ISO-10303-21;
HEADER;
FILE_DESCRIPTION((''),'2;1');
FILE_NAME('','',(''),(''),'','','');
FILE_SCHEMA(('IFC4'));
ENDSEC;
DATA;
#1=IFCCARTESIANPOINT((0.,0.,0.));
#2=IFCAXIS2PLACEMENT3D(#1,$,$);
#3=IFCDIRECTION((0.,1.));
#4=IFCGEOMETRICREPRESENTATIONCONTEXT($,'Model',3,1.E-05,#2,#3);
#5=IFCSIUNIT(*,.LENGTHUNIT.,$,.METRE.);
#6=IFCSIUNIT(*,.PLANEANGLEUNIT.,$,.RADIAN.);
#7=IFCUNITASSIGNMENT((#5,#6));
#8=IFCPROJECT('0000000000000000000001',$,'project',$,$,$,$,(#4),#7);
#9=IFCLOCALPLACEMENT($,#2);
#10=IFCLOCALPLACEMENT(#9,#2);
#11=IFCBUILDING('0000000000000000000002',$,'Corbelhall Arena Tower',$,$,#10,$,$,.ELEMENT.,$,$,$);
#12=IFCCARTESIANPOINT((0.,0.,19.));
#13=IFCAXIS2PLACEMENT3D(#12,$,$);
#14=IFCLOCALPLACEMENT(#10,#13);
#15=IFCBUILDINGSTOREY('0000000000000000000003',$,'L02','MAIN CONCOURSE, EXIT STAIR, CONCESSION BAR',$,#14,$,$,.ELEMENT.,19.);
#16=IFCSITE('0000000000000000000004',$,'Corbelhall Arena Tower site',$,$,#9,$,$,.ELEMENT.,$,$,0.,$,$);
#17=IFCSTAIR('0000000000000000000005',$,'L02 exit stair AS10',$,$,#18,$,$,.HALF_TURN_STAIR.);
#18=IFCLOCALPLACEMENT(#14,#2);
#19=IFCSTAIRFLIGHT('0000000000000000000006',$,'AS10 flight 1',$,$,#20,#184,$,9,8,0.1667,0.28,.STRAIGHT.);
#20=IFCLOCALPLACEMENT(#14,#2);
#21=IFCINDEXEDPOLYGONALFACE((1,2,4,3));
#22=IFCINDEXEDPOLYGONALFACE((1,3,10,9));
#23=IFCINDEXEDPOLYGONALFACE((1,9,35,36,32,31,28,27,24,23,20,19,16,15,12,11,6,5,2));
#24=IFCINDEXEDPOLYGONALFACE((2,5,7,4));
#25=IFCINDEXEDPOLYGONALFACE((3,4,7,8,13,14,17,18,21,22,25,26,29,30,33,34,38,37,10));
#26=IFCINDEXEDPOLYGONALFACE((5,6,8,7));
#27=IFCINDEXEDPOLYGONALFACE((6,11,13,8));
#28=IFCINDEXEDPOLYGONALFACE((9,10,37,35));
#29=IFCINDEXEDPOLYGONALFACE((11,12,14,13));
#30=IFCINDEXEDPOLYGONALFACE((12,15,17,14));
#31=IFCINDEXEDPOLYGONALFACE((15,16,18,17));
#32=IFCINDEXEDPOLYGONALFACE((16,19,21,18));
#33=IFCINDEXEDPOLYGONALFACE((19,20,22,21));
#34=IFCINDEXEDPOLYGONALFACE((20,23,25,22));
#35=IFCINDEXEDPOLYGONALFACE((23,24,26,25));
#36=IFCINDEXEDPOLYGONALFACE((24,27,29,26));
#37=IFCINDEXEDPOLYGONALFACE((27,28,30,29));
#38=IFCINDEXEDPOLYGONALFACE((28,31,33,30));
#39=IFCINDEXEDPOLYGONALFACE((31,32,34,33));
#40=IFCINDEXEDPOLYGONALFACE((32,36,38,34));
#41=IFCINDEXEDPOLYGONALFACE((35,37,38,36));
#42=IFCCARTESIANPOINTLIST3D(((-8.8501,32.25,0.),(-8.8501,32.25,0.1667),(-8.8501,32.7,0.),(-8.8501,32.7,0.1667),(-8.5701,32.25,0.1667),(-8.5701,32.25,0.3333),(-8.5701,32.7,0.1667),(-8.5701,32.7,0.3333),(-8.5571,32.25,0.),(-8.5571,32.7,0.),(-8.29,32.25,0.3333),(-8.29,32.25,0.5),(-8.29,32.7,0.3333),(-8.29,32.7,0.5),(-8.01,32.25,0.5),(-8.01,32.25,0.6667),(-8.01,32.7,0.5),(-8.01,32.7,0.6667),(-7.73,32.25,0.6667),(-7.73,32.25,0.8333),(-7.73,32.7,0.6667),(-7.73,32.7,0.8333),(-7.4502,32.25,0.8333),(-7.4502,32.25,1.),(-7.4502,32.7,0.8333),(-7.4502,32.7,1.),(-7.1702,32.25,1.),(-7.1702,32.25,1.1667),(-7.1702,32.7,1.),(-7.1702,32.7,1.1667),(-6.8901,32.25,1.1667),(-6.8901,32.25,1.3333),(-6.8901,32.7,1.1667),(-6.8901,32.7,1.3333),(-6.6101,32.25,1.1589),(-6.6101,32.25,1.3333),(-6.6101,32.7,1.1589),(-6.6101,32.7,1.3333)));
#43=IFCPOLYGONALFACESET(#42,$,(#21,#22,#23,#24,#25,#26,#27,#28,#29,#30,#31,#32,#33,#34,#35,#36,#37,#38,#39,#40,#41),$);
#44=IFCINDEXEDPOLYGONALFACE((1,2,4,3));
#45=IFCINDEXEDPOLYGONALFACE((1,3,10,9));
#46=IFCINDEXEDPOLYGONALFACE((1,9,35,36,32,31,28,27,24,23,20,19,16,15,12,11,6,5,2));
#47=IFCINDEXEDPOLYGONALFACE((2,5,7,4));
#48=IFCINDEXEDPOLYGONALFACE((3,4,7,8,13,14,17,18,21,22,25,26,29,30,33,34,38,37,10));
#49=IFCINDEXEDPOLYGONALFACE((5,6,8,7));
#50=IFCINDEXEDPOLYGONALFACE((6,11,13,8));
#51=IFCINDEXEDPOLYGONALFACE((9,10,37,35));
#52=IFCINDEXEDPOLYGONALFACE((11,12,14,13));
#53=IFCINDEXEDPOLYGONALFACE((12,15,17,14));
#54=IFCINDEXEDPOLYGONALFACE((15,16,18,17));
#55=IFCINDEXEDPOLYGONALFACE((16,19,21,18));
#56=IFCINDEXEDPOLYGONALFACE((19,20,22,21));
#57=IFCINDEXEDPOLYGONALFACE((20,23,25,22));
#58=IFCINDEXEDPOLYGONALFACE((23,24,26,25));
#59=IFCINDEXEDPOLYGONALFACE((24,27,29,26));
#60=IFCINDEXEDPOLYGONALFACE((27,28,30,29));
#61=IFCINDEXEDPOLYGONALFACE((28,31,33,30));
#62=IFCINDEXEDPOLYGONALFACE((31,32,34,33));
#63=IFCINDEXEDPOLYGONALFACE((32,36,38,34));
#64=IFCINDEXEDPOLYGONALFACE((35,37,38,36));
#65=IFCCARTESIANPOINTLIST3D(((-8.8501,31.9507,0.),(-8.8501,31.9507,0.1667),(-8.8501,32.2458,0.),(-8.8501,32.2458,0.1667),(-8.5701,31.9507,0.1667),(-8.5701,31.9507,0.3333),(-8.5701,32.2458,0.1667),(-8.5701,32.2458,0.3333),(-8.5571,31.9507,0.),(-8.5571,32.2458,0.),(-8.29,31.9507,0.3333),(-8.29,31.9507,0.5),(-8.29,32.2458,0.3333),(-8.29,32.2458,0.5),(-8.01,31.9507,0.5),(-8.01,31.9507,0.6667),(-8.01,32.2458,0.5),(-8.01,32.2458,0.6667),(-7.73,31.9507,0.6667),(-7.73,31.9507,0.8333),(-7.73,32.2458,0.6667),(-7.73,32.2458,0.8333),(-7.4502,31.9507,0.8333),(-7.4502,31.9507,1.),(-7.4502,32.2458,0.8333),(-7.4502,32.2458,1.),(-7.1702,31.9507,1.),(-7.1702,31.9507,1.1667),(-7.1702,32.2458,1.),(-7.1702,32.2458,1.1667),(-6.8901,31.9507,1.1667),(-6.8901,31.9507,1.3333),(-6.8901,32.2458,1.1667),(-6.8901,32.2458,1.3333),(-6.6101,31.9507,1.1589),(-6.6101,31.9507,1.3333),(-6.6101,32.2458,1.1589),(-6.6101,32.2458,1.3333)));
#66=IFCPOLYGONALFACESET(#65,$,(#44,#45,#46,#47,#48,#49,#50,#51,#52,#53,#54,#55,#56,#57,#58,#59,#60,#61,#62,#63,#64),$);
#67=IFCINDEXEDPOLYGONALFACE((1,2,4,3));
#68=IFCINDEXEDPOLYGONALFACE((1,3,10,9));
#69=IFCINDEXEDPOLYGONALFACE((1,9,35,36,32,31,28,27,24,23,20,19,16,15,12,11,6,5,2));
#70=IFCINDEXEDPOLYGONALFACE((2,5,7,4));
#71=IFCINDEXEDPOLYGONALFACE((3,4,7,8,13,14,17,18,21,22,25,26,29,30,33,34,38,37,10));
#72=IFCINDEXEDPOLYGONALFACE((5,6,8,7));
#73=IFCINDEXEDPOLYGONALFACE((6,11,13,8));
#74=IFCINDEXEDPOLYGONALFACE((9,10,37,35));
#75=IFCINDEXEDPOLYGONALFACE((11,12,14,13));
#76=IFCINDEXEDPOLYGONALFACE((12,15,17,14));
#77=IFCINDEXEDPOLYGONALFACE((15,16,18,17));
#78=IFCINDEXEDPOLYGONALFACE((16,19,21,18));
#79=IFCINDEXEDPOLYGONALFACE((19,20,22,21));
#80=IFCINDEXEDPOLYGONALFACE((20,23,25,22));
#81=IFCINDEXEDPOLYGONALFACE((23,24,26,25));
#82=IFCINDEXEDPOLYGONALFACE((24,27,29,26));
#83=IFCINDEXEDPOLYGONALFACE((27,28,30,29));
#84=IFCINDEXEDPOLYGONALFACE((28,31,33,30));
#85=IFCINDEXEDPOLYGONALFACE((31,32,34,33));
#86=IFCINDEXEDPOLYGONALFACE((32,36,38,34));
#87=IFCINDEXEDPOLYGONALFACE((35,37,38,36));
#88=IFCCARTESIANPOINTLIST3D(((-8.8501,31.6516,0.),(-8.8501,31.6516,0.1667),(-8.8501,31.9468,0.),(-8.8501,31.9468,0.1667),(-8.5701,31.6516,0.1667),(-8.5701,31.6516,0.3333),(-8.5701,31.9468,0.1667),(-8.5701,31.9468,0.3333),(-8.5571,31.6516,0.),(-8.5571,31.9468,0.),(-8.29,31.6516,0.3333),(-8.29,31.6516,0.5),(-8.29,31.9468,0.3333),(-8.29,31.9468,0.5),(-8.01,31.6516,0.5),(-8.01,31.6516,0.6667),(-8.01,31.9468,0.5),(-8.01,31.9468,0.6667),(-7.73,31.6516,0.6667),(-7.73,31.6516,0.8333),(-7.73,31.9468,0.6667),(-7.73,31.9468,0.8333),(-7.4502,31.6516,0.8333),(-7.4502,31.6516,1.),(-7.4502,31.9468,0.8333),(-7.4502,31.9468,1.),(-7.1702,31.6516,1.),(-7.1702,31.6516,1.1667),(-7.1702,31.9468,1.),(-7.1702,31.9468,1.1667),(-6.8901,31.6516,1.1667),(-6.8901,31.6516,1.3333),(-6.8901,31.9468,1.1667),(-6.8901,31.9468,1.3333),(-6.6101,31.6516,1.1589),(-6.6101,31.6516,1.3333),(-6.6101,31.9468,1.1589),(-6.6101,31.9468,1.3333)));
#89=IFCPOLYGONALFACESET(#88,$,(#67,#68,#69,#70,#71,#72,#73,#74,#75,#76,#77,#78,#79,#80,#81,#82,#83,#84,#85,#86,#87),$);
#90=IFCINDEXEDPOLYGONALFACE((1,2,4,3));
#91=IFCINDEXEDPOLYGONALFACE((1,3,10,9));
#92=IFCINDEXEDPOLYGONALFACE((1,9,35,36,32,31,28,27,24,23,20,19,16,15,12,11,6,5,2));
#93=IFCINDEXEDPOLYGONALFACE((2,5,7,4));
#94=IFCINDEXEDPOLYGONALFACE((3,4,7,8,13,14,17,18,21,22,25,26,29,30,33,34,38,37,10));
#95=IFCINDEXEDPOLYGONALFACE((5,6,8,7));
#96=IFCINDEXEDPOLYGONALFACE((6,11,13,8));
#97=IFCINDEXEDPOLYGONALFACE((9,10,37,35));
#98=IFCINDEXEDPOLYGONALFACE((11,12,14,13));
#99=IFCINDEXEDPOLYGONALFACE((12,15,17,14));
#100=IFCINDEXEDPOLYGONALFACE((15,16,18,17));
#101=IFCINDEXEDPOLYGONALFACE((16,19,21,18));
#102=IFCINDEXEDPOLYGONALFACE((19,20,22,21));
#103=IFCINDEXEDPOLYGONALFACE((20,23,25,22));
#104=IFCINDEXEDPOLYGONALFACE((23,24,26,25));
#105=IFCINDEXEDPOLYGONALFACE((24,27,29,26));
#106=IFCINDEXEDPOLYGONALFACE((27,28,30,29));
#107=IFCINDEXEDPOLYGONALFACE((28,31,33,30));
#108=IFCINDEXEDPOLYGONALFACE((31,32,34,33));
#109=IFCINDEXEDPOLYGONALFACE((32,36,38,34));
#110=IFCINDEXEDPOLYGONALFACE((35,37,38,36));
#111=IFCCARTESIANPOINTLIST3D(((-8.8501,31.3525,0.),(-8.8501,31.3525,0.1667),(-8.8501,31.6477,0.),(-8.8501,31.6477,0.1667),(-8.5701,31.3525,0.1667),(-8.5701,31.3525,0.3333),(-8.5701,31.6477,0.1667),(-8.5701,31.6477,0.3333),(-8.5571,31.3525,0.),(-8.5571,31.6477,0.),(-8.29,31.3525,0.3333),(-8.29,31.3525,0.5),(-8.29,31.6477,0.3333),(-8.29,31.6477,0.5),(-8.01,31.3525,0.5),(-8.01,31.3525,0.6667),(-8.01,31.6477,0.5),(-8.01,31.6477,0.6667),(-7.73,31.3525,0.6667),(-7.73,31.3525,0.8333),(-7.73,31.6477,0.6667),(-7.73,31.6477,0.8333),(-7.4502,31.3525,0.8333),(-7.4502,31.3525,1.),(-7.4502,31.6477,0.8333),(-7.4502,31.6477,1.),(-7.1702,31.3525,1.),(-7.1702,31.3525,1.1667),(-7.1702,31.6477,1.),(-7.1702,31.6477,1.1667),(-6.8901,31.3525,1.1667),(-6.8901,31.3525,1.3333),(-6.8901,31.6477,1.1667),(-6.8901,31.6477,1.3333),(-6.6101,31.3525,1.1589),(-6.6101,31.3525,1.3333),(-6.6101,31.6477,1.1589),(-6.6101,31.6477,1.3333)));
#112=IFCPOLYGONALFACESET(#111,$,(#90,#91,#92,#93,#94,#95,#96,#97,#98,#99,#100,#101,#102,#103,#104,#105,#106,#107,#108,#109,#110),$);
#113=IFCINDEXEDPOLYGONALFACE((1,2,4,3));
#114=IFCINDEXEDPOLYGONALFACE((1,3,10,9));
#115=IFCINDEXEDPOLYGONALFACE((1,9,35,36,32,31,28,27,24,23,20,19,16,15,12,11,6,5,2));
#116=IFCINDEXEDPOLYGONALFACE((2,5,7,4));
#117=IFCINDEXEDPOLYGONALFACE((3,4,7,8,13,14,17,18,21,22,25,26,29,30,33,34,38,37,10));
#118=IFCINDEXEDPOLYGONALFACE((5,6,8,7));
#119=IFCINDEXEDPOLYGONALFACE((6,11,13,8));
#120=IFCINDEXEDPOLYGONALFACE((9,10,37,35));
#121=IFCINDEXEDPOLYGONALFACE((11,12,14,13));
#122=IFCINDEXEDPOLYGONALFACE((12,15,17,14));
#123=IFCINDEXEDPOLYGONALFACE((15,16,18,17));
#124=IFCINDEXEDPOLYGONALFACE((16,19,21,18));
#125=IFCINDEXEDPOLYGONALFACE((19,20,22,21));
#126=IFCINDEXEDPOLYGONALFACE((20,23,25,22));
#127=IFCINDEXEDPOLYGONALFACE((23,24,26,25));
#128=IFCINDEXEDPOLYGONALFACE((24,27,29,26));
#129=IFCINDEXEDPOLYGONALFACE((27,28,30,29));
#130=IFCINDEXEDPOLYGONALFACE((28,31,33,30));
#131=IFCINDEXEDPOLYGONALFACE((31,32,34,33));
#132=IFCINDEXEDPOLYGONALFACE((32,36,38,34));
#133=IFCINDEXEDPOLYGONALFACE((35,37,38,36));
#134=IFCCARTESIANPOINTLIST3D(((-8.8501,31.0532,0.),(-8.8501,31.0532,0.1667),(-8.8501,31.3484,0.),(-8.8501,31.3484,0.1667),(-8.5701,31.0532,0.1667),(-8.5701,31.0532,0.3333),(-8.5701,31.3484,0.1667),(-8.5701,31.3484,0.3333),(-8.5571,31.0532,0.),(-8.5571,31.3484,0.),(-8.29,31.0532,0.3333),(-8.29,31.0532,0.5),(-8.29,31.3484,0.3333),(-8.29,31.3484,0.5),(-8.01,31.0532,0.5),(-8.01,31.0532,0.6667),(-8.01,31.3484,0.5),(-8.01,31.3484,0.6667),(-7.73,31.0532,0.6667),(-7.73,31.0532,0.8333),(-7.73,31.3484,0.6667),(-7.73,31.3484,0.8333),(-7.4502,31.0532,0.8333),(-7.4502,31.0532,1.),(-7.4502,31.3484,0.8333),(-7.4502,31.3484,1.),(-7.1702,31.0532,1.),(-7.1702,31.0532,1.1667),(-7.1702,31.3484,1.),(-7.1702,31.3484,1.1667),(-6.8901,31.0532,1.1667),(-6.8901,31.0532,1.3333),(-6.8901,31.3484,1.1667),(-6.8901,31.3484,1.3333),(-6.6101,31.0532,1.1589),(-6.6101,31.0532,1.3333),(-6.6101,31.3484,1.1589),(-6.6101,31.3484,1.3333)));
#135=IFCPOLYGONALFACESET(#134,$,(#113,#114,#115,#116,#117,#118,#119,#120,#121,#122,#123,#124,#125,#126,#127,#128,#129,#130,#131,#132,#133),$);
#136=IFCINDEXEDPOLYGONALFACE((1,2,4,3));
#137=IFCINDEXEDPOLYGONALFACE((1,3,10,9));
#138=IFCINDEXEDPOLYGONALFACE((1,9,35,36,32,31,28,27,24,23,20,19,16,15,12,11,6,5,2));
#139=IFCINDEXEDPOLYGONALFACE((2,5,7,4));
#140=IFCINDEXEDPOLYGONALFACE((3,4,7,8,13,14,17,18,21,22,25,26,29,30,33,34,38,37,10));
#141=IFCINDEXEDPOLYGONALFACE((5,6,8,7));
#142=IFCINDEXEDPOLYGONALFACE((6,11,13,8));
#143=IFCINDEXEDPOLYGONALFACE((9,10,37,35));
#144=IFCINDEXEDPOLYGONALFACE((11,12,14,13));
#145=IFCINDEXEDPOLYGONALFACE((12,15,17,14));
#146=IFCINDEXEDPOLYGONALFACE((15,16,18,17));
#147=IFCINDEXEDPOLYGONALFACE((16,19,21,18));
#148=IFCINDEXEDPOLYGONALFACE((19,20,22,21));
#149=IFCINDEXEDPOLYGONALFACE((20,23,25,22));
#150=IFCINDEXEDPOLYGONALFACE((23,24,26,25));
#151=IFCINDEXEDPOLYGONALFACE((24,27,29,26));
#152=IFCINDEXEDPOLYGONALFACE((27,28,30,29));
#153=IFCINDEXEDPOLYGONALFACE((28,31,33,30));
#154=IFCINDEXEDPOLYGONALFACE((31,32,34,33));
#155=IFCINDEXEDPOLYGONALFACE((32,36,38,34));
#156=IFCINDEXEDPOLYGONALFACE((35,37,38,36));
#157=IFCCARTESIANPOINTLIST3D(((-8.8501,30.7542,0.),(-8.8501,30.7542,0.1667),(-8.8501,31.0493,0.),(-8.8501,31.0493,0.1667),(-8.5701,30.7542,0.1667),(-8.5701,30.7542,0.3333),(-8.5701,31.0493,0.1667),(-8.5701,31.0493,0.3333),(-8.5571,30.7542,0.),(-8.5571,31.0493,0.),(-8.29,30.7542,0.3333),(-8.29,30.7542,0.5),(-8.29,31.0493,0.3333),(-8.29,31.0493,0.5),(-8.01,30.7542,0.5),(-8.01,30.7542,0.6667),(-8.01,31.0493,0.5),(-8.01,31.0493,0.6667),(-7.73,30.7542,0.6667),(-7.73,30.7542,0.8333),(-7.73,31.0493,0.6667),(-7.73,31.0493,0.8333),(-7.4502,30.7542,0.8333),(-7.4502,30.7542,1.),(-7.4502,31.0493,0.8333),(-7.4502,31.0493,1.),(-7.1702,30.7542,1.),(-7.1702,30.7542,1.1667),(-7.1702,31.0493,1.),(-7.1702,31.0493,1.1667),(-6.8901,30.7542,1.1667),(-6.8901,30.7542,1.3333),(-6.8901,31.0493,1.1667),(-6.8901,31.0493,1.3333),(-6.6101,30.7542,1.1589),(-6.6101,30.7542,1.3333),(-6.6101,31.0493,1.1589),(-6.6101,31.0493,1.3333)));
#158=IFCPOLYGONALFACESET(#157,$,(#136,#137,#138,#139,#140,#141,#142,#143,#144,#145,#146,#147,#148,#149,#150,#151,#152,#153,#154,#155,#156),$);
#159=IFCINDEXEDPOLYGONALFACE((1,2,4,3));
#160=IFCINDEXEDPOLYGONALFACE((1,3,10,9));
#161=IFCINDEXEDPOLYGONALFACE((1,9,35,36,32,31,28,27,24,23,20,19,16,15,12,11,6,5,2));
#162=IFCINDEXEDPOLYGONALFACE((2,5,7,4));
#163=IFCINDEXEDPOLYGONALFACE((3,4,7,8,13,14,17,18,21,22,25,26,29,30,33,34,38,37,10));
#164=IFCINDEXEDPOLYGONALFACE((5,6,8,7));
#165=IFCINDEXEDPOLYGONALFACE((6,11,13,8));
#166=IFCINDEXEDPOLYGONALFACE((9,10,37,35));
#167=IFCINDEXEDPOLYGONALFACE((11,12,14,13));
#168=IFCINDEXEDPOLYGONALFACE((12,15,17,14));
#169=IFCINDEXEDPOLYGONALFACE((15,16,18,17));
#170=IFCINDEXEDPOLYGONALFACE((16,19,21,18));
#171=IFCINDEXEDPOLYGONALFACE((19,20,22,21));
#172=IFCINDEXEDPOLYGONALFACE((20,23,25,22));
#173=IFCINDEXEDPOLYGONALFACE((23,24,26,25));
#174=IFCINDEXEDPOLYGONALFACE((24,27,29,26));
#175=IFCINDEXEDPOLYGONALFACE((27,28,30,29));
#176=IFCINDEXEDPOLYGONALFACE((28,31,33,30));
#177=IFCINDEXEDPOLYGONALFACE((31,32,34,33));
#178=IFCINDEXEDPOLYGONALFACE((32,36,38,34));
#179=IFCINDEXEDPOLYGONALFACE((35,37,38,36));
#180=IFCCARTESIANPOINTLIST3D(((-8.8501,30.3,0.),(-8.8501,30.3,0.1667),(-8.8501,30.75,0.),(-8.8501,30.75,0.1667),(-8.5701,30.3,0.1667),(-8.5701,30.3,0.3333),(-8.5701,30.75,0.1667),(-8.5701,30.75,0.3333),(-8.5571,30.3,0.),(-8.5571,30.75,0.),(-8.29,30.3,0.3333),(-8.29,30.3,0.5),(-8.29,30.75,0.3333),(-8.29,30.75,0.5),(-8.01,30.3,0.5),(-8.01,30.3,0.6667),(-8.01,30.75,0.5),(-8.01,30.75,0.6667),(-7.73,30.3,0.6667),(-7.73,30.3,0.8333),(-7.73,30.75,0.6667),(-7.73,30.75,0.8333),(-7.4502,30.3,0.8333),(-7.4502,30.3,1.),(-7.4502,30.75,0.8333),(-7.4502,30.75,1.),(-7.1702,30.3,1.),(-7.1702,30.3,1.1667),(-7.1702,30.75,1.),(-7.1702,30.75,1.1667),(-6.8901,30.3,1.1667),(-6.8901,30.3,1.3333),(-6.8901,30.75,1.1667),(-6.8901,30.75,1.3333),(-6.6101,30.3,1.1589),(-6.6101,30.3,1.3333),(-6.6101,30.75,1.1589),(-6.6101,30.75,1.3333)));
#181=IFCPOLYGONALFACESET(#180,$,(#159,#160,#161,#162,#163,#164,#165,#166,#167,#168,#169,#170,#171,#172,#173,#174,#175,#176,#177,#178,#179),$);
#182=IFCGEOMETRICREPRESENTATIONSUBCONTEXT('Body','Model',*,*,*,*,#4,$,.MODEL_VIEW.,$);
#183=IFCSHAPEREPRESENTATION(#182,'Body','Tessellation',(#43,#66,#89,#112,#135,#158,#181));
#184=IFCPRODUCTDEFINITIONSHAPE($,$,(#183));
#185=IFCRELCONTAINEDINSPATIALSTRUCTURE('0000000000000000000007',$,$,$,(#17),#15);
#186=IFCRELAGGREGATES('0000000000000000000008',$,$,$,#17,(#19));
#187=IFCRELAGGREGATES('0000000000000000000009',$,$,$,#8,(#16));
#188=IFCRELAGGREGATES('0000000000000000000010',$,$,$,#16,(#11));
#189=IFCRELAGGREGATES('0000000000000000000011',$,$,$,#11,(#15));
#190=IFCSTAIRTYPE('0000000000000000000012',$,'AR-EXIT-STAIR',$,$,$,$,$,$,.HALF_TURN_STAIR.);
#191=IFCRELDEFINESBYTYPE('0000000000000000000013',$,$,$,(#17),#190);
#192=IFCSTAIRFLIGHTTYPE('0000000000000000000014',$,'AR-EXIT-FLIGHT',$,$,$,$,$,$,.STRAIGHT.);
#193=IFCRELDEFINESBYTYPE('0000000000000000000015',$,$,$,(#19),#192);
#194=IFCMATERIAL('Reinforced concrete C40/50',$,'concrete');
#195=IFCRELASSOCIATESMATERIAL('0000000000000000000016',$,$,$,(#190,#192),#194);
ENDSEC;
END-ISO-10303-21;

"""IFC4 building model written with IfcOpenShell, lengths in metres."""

from ifc_helpers import new_model, si_unit, direction, frame, origin, place, context, subcontext, project, spatial, polyline, outline, extrude, material, type_object, element, aggregate, save


model = new_model("IFC4")

# Units and contexts
model_context = context("Model", 3, precision=1e-05, world=origin(), true_north=direction((0.0, 1.0)))
body_context = subcontext(model_context, "Body", "Model", "MODEL_VIEW")
ifc_project = project(units=[si_unit("LENGTHUNIT", "METRE"), si_unit("PLANEANGLEUNIT", "RADIAN")], contexts=[model_context])

# Site, building, storey
site_placement = place(None, origin())
site = spatial("IfcSite", under=ifc_project, at=site_placement, Name="Corbelhall Arena Tower site", CompositionType="ELEMENT", RefElevation=0.0)
building_placement = place(site_placement, origin())
building = spatial("IfcBuilding", under=site, at=building_placement, Name="Corbelhall Arena Tower", CompositionType="ELEMENT")
storey_placement = place(building_placement, frame((0.0, 0.0, 19.0)))
storey = spatial("IfcBuildingStorey", under=building, at=storey_placement, Name="L02", Description="MAIN CONCOURSE, EXIT STAIR, CONCESSION BAR", CompositionType="ELEMENT", Elevation=19.0)

# Shared definitions
ifc_material_1 = material(Name="Reinforced concrete C40/50", Category="concrete")

# Stair, stair flight
stair_type = type_object("IfcStairType", Name="AR-EXIT-STAIR", PredefinedType="HALF_TURN_STAIR", material=ifc_material_1)
stair_flight_type = type_object("IfcStairFlightType", Name="AR-EXIT-FLIGHT", PredefinedType="STRAIGHT", material=ifc_material_1)
stair_1_placement = place(storey_placement, origin())
stair_1 = element("IfcStair", 1, at=stair_1_placement, inside=storey, type_object=stair_type, Name="L02 exit stair AS10", PredefinedType="HALF_TURN_STAIR")
stair_flight_1_placement = place(storey_placement, frame((-8.8501, 31.5, 0.0), z_axis=(0.0, 0.0, 1.0), x_axis=(1.0, 0.0, 0.0)))
stair_flight_1 = element("IfcStairFlight", 2, at=stair_flight_1_placement, type_object=stair_flight_type, Name="AS10 flight 1", NumberOfRisers=9, NumberOfTreads=8, PredefinedType="STRAIGHT", RiserHeight=0.1667, TreadLength=0.28, context=body_context, shape_type="SweptSolid", body=[
    extrude(outline(polyline([(0.0, 0.0), (0.0, 0.1667), (0.28, 0.1667), (0.28, 0.3333), (0.5601, 0.3333), (0.5601, 0.5), (0.8401, 0.5), (0.8401, 0.6667), (1.1201, 0.6667), (1.1201, 0.8333), (1.3999, 0.8333), (1.3999, 1.0), (1.6799, 1.0), (1.6799, 1.1667), (1.96, 1.1667), (1.96, 1.3333), (2.24, 1.3333), (2.24, 1.5), (2.24, 1.1589), (0.293, 0.0), (0.0, 0.0)])), frame((0.0, 1.2, 0.0), z_axis=(0.0, -1.0, 0.0), x_axis=(1.0, 0.0, 0.0)), (0.0, 0.0, 1.0), 0.45),
    extrude(outline(polyline([(0.0, 0.0), (0.0, 0.1667), (0.28, 0.1667), (0.28, 0.3333), (0.5601, 0.3333), (0.5601, 0.5), (0.8401, 0.5), (0.8401, 0.6667), (1.1201, 0.6667), (1.1201, 0.8333), (1.3999, 0.8333), (1.3999, 1.0), (1.6799, 1.0), (1.6799, 1.1667), (1.96, 1.1667), (1.96, 1.3333), (2.24, 1.3333), (2.24, 1.5), (2.24, 1.1589), (0.293, 0.0), (0.0, 0.0)])), frame((0.0, 0.7458, 0.0), z_axis=(0.0, -1.0, 0.0), x_axis=(1.0, 0.0, 0.0)), (0.0, 0.0, 1.0), 0.2952),
    extrude(outline(polyline([(0.0, 0.0), (0.0, 0.1667), (0.28, 0.1667), (0.28, 0.3333), (0.5601, 0.3333), (0.5601, 0.5), (0.8401, 0.5), (0.8401, 0.6667), (1.1201, 0.6667), (1.1201, 0.8333), (1.3999, 0.8333), (1.3999, 1.0), (1.6799, 1.0), (1.6799, 1.1667), (1.96, 1.1667), (1.96, 1.3333), (2.24, 1.3333), (2.24, 1.5), (2.24, 1.1589), (0.293, 0.0), (0.0, 0.0)])), frame((0.0, 0.4468, 0.0), z_axis=(0.0, -1.0, 0.0), x_axis=(1.0, 0.0, 0.0)), (0.0, 0.0, 1.0), 0.2952),
    extrude(outline(polyline([(0.0, 0.0), (0.0, 0.1667), (0.28, 0.1667), (0.28, 0.3333), (0.5601, 0.3333), (0.5601, 0.5), (0.8401, 0.5), (0.8401, 0.6667), (1.1201, 0.6667), (1.1201, 0.8333), (1.3999, 0.8333), (1.3999, 1.0), (1.6799, 1.0), (1.6799, 1.1667), (1.96, 1.1667), (1.96, 1.3333), (2.24, 1.3333), (2.24, 1.5), (2.24, 1.1589), (0.293, 0.0), (0.0, 0.0)])), frame((0.0, 0.1477, 0.0), z_axis=(0.0, -1.0, 0.0), x_axis=(1.0, 0.0, 0.0)), (0.0, 0.0, 1.0), 0.2952),
    extrude(outline(polyline([(0.0, 0.0), (0.0, 0.1667), (0.28, 0.1667), (0.28, 0.3333), (0.5601, 0.3333), (0.5601, 0.5), (0.8401, 0.5), (0.8401, 0.6667), (1.1201, 0.6667), (1.1201, 0.8333), (1.3999, 0.8333), (1.3999, 1.0), (1.6799, 1.0), (1.6799, 1.1667), (1.96, 1.1667), (1.96, 1.3333), (2.24, 1.3333), (2.24, 1.5), (2.24, 1.1589), (0.293, 0.0), (0.0, 0.0)])), frame((0.0, -0.1516, 0.0), z_axis=(0.0, -1.0, 0.0), x_axis=(1.0, 0.0, 0.0)), (0.0, 0.0, 1.0), 0.2952),
    extrude(outline(polyline([(0.0, 0.0), (0.0, 0.1667), (0.28, 0.1667), (0.28, 0.3333), (0.5601, 0.3333), (0.5601, 0.5), (0.8401, 0.5), (0.8401, 0.6667), (1.1201, 0.6667), (1.1201, 0.8333), (1.3999, 0.8333), (1.3999, 1.0), (1.6799, 1.0), (1.6799, 1.1667), (1.96, 1.1667), (1.96, 1.3333), (2.24, 1.3333), (2.24, 1.5), (2.24, 1.1589), (0.293, 0.0), (0.0, 0.0)])), frame((0.0, -0.4507, 0.0), z_axis=(0.0, -1.0, 0.0), x_axis=(1.0, 0.0, 0.0)), (0.0, 0.0, 1.0), 0.2952),
    extrude(outline(polyline([(0.0, 0.0), (0.0, 0.1667), (0.28, 0.1667), (0.28, 0.3333), (0.5601, 0.3333), (0.5601, 0.5), (0.8401, 0.5), (0.8401, 0.6667), (1.1201, 0.6667), (1.1201, 0.8333), (1.3999, 0.8333), (1.3999, 1.0), (1.6799, 1.0), (1.6799, 1.1667), (1.96, 1.1667), (1.96, 1.3333), (2.24, 1.3333), (2.24, 1.5), (2.24, 1.1589), (0.293, 0.0), (0.0, 0.0)])), frame((0.0, -0.75, 0.0), z_axis=(0.0, -1.0, 0.0), x_axis=(1.0, 0.0, 0.0)), (0.0, 0.0, 1.0), 0.45),
])
aggregate(stair_1, [stair_flight_1])

save(model, "model.ifc")
